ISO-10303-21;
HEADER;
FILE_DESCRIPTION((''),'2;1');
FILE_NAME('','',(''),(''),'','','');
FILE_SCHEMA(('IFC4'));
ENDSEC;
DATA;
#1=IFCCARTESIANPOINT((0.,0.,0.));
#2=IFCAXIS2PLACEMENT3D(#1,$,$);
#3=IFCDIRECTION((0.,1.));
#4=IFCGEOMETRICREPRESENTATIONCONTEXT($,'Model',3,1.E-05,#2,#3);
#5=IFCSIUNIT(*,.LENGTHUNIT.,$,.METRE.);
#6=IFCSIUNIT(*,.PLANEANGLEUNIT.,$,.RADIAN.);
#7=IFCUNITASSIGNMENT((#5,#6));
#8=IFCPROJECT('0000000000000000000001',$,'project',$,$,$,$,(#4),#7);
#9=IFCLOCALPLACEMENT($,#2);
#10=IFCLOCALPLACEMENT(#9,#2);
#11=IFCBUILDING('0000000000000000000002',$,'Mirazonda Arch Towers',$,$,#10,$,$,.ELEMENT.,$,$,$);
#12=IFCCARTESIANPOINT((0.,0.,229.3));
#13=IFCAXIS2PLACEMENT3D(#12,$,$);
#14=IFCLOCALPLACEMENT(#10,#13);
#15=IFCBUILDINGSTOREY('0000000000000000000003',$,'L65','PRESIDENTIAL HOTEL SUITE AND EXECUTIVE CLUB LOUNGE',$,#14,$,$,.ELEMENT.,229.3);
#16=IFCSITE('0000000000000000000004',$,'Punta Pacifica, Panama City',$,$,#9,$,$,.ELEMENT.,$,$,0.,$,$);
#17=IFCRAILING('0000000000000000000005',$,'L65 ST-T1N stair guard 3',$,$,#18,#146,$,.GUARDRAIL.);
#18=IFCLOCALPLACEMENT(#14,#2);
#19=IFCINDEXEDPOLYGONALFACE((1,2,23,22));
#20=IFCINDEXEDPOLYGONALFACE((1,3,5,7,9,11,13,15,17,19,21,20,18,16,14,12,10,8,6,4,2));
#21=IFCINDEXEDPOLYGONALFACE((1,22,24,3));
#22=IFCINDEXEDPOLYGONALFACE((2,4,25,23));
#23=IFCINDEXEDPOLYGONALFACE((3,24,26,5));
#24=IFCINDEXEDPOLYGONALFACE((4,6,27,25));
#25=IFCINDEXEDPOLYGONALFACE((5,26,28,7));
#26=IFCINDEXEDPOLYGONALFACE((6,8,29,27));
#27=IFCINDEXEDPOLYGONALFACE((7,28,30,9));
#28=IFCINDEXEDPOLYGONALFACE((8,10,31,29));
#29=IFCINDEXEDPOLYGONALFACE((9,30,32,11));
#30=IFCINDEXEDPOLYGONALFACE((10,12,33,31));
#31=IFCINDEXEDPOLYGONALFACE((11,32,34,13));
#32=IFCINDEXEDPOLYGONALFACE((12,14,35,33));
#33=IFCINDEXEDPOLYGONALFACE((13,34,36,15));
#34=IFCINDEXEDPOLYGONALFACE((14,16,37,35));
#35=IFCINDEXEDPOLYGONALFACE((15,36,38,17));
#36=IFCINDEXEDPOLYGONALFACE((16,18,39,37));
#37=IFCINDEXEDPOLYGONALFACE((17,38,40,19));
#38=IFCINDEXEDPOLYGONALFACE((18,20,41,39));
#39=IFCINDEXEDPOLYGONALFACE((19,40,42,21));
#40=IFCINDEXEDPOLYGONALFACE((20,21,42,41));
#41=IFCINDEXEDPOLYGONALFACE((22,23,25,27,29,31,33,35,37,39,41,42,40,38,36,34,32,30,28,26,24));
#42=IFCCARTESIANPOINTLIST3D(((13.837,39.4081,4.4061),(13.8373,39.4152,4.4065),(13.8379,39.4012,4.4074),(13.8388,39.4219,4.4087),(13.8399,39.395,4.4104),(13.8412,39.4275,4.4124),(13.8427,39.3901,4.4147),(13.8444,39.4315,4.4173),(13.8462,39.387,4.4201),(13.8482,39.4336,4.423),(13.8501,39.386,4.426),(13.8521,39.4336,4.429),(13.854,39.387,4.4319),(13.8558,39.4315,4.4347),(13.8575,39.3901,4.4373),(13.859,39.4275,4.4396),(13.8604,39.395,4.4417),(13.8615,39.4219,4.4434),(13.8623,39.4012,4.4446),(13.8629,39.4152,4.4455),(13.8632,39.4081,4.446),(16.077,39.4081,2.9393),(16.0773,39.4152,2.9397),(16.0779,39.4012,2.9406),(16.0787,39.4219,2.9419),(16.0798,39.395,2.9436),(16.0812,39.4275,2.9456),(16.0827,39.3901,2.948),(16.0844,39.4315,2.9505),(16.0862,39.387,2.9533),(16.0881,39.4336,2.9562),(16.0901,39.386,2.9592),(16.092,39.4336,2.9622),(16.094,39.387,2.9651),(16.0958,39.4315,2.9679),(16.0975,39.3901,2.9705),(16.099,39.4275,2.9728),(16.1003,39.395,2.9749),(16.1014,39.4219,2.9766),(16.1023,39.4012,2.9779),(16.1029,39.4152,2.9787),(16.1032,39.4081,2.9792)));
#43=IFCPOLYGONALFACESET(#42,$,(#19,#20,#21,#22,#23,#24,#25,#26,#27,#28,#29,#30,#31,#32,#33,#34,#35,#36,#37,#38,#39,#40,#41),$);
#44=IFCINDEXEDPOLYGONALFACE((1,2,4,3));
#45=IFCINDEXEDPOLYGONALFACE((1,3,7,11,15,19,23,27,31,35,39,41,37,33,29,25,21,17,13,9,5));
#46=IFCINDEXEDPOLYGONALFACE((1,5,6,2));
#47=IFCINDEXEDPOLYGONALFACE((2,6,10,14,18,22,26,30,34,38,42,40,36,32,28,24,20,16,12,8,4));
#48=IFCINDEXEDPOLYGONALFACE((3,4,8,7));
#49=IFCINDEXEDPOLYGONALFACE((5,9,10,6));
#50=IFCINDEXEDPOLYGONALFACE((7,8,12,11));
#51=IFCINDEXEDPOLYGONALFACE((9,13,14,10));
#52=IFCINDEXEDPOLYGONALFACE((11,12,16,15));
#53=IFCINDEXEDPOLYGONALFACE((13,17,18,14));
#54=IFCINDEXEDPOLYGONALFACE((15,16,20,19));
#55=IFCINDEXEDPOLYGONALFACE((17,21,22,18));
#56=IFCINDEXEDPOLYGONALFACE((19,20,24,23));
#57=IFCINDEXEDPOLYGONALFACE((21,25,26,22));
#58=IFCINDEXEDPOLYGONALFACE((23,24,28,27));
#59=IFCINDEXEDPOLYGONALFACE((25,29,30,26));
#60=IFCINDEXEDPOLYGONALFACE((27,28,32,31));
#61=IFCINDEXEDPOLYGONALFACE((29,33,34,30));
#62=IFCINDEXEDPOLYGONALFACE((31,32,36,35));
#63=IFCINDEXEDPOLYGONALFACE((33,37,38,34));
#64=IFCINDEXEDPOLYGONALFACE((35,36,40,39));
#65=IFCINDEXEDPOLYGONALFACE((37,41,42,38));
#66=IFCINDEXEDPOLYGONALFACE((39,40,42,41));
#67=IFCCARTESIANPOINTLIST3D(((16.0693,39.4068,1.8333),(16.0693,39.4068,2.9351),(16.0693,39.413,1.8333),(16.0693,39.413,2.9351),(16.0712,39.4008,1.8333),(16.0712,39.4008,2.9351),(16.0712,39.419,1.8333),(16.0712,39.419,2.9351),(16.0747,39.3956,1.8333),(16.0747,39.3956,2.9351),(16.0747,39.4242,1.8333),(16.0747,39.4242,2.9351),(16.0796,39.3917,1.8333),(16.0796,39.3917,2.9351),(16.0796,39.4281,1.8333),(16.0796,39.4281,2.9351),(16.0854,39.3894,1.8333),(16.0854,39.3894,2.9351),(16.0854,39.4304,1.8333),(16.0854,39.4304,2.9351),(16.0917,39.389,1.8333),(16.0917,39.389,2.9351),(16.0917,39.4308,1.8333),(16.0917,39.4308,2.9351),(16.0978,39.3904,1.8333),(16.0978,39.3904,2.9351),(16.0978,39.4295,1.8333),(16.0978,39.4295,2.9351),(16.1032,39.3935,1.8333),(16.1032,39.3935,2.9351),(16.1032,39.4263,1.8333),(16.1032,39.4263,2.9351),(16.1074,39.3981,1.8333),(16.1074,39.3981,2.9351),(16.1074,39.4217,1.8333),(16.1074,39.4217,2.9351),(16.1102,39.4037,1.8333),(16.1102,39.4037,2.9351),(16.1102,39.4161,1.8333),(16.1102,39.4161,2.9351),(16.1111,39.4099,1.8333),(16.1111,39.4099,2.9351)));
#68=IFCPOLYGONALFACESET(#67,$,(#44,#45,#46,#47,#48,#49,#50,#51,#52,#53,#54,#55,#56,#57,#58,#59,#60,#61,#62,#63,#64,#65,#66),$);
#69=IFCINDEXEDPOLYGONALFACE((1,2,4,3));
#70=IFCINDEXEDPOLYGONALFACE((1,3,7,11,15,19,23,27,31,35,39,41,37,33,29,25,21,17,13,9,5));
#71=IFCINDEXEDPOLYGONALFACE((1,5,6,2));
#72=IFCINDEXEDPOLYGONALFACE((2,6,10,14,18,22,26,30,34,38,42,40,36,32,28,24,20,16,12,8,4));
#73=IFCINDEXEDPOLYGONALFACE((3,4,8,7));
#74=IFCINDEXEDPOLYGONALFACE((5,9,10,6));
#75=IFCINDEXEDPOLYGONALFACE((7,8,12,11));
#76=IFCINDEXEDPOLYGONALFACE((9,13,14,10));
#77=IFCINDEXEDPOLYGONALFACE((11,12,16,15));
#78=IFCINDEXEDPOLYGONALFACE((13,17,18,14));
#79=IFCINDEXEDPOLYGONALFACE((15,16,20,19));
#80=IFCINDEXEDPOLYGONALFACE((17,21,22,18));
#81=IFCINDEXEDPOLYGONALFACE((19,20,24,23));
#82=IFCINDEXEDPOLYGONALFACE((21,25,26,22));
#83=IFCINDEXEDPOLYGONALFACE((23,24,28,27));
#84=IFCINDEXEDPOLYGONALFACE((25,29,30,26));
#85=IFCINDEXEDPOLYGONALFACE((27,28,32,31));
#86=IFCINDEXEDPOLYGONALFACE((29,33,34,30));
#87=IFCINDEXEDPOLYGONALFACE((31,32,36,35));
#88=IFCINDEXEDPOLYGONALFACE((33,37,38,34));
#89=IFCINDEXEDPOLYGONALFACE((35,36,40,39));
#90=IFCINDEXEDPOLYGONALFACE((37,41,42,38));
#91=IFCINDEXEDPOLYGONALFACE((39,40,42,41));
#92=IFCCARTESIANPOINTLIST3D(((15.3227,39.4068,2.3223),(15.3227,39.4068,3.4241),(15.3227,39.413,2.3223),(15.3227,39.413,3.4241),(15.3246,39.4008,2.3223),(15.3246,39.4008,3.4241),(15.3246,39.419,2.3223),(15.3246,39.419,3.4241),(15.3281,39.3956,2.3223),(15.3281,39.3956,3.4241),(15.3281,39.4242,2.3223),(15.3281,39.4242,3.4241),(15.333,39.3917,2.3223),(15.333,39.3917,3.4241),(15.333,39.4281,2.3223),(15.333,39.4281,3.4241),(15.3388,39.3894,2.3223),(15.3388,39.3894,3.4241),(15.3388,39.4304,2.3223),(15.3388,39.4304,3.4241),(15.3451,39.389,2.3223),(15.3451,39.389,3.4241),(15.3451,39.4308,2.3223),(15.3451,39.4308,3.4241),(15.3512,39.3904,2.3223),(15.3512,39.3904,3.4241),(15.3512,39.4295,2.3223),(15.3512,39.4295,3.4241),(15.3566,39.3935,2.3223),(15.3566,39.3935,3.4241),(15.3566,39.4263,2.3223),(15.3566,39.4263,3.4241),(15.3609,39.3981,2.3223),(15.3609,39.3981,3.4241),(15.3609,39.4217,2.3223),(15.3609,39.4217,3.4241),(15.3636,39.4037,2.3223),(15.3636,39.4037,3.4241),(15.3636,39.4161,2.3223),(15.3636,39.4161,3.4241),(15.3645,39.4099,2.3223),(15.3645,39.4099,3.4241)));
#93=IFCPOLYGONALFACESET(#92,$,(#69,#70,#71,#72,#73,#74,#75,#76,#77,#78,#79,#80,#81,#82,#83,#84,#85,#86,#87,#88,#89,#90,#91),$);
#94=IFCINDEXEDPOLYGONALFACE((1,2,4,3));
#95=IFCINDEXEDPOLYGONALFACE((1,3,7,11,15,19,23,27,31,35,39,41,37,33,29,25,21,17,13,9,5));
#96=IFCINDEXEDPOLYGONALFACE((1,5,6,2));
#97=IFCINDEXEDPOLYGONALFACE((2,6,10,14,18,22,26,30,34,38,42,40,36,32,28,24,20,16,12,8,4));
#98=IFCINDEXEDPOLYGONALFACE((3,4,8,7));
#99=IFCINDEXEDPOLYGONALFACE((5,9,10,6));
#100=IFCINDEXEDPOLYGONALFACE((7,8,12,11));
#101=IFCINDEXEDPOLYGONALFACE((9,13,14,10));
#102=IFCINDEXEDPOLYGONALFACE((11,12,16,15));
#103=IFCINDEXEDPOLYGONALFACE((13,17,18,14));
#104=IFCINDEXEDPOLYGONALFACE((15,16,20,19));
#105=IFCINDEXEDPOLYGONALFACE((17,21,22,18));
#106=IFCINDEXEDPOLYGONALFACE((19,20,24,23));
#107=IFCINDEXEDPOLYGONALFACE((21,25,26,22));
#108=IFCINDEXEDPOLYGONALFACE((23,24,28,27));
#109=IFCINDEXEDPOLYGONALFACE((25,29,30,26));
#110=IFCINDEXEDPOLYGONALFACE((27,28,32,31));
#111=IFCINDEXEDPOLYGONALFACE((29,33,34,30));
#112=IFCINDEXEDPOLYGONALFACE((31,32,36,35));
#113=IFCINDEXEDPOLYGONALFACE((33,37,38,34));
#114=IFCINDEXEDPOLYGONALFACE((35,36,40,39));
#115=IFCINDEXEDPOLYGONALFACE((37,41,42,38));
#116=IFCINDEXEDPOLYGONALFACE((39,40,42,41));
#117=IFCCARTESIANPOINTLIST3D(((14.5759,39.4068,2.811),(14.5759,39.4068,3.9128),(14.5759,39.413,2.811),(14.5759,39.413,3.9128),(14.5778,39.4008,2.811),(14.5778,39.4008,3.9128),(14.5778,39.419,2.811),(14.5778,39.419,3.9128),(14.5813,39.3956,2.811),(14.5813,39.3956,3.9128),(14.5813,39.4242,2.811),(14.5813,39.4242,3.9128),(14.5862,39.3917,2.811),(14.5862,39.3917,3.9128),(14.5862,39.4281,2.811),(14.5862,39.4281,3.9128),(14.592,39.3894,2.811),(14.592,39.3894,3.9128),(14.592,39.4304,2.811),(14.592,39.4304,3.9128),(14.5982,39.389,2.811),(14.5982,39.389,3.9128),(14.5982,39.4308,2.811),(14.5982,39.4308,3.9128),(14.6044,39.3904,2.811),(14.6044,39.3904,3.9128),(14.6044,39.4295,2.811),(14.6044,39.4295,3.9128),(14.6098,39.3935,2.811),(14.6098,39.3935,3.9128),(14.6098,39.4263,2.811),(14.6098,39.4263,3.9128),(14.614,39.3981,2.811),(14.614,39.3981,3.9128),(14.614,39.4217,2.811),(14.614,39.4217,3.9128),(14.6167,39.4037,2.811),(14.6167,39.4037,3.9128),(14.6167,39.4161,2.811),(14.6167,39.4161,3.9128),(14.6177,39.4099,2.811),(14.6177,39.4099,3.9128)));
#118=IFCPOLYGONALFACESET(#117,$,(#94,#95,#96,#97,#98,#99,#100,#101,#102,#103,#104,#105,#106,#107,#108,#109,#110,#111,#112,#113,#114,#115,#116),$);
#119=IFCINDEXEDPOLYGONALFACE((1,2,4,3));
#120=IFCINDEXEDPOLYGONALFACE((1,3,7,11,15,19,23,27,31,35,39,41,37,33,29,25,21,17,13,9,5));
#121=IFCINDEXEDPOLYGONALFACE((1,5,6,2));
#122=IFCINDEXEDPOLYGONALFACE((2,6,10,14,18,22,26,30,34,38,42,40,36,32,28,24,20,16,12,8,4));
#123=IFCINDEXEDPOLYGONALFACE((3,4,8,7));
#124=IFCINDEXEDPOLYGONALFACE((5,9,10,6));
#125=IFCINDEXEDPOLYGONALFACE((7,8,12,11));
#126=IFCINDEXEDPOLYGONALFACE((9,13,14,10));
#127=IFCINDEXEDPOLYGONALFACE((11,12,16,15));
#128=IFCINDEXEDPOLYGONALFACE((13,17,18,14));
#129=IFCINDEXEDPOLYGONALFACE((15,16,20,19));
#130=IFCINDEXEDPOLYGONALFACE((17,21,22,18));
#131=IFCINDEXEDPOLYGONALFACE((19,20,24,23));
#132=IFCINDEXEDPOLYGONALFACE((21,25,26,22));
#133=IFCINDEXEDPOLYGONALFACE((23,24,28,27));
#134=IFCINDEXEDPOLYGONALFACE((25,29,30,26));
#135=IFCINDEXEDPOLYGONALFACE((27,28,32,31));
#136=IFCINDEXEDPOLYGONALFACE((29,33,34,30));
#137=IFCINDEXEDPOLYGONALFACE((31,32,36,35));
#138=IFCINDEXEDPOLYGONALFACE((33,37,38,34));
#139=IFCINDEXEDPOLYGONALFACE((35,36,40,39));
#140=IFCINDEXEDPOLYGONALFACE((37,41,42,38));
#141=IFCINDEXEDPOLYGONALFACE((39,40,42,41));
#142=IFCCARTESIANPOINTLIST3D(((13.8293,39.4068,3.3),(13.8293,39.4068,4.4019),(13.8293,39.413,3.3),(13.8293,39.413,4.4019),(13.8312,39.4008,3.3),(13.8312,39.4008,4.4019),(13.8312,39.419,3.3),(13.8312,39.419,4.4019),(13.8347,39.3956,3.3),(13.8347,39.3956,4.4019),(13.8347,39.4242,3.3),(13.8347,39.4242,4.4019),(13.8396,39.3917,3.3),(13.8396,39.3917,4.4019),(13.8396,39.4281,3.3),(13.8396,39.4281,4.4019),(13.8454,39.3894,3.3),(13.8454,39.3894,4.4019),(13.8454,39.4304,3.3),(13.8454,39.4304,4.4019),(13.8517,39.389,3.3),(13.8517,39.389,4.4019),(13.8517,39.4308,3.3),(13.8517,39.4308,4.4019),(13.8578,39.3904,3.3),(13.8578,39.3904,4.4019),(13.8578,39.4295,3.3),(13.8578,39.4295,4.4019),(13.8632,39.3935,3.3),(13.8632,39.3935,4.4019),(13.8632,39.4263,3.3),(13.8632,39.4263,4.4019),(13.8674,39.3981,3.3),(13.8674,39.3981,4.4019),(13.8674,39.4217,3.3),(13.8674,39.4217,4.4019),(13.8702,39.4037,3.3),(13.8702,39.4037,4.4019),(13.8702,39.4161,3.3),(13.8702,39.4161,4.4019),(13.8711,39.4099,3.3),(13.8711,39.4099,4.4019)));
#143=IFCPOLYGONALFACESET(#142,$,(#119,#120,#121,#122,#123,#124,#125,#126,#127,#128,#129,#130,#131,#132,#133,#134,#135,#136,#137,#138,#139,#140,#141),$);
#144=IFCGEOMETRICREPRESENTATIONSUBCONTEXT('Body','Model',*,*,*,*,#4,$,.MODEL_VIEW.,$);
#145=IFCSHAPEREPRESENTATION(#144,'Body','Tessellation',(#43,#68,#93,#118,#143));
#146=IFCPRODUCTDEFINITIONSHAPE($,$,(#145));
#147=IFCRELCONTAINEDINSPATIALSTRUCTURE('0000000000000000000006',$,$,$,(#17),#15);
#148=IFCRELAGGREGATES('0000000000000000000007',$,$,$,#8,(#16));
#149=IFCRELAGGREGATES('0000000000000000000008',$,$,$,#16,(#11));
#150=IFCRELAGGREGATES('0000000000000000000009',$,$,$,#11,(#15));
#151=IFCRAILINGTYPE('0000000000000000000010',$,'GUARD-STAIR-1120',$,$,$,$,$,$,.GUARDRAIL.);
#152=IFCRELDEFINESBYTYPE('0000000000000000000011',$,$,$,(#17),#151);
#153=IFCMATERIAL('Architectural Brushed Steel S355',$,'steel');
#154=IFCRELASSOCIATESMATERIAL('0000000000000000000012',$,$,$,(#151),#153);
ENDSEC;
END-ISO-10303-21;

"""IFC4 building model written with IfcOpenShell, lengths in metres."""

from ifc_helpers import new_model, si_unit, direction, frame, origin, origin_2d, place, context, subcontext, project, spatial, circle, extrude, material, type_object, element, save


model = new_model("IFC4")

# Units and contexts
model_context = context("Model", 3, precision=1e-05, world=origin(), true_north=direction((0.0, 1.0)))
body_context = subcontext(model_context, "Body", "Model", "MODEL_VIEW")
ifc_project = project(units=[si_unit("LENGTHUNIT", "METRE"), si_unit("PLANEANGLEUNIT", "RADIAN")], contexts=[model_context])

# Site, building, storey
site_placement = place(None, origin())
site = spatial("IfcSite", under=ifc_project, at=site_placement, Name="Punta Pacifica, Panama City", CompositionType="ELEMENT", RefElevation=0.0)
building_placement = place(site_placement, origin())
building = spatial("IfcBuilding", under=site, at=building_placement, Name="Mirazonda Arch Towers", CompositionType="ELEMENT")
storey_placement = place(building_placement, frame((0.0, 0.0, 229.3)))
storey = spatial("IfcBuildingStorey", under=building, at=storey_placement, Name="L65", Description="PRESIDENTIAL HOTEL SUITE AND EXECUTIVE CLUB LOUNGE", CompositionType="ELEMENT", Elevation=229.3)

# Shared definitions
ifc_material_1 = material(Name="Architectural Brushed Steel S355", Category="steel")

# Railing
railing_type_1 = type_object("IfcRailingType", Name="GUARD-STAIR-1120", PredefinedType="GUARDRAIL", material=ifc_material_1)
railing_1_placement = place(storey_placement, frame((16.0901, 39.4099, 1.8333)))
element("IfcRailing", 1, at=railing_1_placement, inside=storey, type_object=railing_type_1, Name="L65 ST-T1N stair guard 3", PredefinedType="GUARDRAIL", context=body_context, shape_type="SweptSolid", body=[
    extrude(circle(Radius=0.0239, at=origin_2d()), frame((0.0, 0.0, 1.126), z_axis=(-0.836595, 0.0, 0.547822), x_axis=(0.0, -1.0, 0.0)), (0.0, 0.0, 1.0), 2.6775),
    extrude(circle(Radius=0.021, at=origin_2d()), origin(), (0.0, 0.0, 1.0), 1.1018),
    extrude(circle(Radius=0.021, at=origin_2d()), frame((-0.7466, 0.0, 0.489)), (0.0, 0.0, 1.0), 1.1018),
    extrude(circle(Radius=0.021, at=origin_2d()), frame((-1.4934, 0.0, 0.9778)), (0.0, 0.0, 1.0), 1.1018),
    extrude(circle(Radius=0.021, at=origin_2d()), frame((-2.24, 0.0, 1.4668)), (0.0, 0.0, 1.0), 1.1018),
])

save(model, "model.ifc")
